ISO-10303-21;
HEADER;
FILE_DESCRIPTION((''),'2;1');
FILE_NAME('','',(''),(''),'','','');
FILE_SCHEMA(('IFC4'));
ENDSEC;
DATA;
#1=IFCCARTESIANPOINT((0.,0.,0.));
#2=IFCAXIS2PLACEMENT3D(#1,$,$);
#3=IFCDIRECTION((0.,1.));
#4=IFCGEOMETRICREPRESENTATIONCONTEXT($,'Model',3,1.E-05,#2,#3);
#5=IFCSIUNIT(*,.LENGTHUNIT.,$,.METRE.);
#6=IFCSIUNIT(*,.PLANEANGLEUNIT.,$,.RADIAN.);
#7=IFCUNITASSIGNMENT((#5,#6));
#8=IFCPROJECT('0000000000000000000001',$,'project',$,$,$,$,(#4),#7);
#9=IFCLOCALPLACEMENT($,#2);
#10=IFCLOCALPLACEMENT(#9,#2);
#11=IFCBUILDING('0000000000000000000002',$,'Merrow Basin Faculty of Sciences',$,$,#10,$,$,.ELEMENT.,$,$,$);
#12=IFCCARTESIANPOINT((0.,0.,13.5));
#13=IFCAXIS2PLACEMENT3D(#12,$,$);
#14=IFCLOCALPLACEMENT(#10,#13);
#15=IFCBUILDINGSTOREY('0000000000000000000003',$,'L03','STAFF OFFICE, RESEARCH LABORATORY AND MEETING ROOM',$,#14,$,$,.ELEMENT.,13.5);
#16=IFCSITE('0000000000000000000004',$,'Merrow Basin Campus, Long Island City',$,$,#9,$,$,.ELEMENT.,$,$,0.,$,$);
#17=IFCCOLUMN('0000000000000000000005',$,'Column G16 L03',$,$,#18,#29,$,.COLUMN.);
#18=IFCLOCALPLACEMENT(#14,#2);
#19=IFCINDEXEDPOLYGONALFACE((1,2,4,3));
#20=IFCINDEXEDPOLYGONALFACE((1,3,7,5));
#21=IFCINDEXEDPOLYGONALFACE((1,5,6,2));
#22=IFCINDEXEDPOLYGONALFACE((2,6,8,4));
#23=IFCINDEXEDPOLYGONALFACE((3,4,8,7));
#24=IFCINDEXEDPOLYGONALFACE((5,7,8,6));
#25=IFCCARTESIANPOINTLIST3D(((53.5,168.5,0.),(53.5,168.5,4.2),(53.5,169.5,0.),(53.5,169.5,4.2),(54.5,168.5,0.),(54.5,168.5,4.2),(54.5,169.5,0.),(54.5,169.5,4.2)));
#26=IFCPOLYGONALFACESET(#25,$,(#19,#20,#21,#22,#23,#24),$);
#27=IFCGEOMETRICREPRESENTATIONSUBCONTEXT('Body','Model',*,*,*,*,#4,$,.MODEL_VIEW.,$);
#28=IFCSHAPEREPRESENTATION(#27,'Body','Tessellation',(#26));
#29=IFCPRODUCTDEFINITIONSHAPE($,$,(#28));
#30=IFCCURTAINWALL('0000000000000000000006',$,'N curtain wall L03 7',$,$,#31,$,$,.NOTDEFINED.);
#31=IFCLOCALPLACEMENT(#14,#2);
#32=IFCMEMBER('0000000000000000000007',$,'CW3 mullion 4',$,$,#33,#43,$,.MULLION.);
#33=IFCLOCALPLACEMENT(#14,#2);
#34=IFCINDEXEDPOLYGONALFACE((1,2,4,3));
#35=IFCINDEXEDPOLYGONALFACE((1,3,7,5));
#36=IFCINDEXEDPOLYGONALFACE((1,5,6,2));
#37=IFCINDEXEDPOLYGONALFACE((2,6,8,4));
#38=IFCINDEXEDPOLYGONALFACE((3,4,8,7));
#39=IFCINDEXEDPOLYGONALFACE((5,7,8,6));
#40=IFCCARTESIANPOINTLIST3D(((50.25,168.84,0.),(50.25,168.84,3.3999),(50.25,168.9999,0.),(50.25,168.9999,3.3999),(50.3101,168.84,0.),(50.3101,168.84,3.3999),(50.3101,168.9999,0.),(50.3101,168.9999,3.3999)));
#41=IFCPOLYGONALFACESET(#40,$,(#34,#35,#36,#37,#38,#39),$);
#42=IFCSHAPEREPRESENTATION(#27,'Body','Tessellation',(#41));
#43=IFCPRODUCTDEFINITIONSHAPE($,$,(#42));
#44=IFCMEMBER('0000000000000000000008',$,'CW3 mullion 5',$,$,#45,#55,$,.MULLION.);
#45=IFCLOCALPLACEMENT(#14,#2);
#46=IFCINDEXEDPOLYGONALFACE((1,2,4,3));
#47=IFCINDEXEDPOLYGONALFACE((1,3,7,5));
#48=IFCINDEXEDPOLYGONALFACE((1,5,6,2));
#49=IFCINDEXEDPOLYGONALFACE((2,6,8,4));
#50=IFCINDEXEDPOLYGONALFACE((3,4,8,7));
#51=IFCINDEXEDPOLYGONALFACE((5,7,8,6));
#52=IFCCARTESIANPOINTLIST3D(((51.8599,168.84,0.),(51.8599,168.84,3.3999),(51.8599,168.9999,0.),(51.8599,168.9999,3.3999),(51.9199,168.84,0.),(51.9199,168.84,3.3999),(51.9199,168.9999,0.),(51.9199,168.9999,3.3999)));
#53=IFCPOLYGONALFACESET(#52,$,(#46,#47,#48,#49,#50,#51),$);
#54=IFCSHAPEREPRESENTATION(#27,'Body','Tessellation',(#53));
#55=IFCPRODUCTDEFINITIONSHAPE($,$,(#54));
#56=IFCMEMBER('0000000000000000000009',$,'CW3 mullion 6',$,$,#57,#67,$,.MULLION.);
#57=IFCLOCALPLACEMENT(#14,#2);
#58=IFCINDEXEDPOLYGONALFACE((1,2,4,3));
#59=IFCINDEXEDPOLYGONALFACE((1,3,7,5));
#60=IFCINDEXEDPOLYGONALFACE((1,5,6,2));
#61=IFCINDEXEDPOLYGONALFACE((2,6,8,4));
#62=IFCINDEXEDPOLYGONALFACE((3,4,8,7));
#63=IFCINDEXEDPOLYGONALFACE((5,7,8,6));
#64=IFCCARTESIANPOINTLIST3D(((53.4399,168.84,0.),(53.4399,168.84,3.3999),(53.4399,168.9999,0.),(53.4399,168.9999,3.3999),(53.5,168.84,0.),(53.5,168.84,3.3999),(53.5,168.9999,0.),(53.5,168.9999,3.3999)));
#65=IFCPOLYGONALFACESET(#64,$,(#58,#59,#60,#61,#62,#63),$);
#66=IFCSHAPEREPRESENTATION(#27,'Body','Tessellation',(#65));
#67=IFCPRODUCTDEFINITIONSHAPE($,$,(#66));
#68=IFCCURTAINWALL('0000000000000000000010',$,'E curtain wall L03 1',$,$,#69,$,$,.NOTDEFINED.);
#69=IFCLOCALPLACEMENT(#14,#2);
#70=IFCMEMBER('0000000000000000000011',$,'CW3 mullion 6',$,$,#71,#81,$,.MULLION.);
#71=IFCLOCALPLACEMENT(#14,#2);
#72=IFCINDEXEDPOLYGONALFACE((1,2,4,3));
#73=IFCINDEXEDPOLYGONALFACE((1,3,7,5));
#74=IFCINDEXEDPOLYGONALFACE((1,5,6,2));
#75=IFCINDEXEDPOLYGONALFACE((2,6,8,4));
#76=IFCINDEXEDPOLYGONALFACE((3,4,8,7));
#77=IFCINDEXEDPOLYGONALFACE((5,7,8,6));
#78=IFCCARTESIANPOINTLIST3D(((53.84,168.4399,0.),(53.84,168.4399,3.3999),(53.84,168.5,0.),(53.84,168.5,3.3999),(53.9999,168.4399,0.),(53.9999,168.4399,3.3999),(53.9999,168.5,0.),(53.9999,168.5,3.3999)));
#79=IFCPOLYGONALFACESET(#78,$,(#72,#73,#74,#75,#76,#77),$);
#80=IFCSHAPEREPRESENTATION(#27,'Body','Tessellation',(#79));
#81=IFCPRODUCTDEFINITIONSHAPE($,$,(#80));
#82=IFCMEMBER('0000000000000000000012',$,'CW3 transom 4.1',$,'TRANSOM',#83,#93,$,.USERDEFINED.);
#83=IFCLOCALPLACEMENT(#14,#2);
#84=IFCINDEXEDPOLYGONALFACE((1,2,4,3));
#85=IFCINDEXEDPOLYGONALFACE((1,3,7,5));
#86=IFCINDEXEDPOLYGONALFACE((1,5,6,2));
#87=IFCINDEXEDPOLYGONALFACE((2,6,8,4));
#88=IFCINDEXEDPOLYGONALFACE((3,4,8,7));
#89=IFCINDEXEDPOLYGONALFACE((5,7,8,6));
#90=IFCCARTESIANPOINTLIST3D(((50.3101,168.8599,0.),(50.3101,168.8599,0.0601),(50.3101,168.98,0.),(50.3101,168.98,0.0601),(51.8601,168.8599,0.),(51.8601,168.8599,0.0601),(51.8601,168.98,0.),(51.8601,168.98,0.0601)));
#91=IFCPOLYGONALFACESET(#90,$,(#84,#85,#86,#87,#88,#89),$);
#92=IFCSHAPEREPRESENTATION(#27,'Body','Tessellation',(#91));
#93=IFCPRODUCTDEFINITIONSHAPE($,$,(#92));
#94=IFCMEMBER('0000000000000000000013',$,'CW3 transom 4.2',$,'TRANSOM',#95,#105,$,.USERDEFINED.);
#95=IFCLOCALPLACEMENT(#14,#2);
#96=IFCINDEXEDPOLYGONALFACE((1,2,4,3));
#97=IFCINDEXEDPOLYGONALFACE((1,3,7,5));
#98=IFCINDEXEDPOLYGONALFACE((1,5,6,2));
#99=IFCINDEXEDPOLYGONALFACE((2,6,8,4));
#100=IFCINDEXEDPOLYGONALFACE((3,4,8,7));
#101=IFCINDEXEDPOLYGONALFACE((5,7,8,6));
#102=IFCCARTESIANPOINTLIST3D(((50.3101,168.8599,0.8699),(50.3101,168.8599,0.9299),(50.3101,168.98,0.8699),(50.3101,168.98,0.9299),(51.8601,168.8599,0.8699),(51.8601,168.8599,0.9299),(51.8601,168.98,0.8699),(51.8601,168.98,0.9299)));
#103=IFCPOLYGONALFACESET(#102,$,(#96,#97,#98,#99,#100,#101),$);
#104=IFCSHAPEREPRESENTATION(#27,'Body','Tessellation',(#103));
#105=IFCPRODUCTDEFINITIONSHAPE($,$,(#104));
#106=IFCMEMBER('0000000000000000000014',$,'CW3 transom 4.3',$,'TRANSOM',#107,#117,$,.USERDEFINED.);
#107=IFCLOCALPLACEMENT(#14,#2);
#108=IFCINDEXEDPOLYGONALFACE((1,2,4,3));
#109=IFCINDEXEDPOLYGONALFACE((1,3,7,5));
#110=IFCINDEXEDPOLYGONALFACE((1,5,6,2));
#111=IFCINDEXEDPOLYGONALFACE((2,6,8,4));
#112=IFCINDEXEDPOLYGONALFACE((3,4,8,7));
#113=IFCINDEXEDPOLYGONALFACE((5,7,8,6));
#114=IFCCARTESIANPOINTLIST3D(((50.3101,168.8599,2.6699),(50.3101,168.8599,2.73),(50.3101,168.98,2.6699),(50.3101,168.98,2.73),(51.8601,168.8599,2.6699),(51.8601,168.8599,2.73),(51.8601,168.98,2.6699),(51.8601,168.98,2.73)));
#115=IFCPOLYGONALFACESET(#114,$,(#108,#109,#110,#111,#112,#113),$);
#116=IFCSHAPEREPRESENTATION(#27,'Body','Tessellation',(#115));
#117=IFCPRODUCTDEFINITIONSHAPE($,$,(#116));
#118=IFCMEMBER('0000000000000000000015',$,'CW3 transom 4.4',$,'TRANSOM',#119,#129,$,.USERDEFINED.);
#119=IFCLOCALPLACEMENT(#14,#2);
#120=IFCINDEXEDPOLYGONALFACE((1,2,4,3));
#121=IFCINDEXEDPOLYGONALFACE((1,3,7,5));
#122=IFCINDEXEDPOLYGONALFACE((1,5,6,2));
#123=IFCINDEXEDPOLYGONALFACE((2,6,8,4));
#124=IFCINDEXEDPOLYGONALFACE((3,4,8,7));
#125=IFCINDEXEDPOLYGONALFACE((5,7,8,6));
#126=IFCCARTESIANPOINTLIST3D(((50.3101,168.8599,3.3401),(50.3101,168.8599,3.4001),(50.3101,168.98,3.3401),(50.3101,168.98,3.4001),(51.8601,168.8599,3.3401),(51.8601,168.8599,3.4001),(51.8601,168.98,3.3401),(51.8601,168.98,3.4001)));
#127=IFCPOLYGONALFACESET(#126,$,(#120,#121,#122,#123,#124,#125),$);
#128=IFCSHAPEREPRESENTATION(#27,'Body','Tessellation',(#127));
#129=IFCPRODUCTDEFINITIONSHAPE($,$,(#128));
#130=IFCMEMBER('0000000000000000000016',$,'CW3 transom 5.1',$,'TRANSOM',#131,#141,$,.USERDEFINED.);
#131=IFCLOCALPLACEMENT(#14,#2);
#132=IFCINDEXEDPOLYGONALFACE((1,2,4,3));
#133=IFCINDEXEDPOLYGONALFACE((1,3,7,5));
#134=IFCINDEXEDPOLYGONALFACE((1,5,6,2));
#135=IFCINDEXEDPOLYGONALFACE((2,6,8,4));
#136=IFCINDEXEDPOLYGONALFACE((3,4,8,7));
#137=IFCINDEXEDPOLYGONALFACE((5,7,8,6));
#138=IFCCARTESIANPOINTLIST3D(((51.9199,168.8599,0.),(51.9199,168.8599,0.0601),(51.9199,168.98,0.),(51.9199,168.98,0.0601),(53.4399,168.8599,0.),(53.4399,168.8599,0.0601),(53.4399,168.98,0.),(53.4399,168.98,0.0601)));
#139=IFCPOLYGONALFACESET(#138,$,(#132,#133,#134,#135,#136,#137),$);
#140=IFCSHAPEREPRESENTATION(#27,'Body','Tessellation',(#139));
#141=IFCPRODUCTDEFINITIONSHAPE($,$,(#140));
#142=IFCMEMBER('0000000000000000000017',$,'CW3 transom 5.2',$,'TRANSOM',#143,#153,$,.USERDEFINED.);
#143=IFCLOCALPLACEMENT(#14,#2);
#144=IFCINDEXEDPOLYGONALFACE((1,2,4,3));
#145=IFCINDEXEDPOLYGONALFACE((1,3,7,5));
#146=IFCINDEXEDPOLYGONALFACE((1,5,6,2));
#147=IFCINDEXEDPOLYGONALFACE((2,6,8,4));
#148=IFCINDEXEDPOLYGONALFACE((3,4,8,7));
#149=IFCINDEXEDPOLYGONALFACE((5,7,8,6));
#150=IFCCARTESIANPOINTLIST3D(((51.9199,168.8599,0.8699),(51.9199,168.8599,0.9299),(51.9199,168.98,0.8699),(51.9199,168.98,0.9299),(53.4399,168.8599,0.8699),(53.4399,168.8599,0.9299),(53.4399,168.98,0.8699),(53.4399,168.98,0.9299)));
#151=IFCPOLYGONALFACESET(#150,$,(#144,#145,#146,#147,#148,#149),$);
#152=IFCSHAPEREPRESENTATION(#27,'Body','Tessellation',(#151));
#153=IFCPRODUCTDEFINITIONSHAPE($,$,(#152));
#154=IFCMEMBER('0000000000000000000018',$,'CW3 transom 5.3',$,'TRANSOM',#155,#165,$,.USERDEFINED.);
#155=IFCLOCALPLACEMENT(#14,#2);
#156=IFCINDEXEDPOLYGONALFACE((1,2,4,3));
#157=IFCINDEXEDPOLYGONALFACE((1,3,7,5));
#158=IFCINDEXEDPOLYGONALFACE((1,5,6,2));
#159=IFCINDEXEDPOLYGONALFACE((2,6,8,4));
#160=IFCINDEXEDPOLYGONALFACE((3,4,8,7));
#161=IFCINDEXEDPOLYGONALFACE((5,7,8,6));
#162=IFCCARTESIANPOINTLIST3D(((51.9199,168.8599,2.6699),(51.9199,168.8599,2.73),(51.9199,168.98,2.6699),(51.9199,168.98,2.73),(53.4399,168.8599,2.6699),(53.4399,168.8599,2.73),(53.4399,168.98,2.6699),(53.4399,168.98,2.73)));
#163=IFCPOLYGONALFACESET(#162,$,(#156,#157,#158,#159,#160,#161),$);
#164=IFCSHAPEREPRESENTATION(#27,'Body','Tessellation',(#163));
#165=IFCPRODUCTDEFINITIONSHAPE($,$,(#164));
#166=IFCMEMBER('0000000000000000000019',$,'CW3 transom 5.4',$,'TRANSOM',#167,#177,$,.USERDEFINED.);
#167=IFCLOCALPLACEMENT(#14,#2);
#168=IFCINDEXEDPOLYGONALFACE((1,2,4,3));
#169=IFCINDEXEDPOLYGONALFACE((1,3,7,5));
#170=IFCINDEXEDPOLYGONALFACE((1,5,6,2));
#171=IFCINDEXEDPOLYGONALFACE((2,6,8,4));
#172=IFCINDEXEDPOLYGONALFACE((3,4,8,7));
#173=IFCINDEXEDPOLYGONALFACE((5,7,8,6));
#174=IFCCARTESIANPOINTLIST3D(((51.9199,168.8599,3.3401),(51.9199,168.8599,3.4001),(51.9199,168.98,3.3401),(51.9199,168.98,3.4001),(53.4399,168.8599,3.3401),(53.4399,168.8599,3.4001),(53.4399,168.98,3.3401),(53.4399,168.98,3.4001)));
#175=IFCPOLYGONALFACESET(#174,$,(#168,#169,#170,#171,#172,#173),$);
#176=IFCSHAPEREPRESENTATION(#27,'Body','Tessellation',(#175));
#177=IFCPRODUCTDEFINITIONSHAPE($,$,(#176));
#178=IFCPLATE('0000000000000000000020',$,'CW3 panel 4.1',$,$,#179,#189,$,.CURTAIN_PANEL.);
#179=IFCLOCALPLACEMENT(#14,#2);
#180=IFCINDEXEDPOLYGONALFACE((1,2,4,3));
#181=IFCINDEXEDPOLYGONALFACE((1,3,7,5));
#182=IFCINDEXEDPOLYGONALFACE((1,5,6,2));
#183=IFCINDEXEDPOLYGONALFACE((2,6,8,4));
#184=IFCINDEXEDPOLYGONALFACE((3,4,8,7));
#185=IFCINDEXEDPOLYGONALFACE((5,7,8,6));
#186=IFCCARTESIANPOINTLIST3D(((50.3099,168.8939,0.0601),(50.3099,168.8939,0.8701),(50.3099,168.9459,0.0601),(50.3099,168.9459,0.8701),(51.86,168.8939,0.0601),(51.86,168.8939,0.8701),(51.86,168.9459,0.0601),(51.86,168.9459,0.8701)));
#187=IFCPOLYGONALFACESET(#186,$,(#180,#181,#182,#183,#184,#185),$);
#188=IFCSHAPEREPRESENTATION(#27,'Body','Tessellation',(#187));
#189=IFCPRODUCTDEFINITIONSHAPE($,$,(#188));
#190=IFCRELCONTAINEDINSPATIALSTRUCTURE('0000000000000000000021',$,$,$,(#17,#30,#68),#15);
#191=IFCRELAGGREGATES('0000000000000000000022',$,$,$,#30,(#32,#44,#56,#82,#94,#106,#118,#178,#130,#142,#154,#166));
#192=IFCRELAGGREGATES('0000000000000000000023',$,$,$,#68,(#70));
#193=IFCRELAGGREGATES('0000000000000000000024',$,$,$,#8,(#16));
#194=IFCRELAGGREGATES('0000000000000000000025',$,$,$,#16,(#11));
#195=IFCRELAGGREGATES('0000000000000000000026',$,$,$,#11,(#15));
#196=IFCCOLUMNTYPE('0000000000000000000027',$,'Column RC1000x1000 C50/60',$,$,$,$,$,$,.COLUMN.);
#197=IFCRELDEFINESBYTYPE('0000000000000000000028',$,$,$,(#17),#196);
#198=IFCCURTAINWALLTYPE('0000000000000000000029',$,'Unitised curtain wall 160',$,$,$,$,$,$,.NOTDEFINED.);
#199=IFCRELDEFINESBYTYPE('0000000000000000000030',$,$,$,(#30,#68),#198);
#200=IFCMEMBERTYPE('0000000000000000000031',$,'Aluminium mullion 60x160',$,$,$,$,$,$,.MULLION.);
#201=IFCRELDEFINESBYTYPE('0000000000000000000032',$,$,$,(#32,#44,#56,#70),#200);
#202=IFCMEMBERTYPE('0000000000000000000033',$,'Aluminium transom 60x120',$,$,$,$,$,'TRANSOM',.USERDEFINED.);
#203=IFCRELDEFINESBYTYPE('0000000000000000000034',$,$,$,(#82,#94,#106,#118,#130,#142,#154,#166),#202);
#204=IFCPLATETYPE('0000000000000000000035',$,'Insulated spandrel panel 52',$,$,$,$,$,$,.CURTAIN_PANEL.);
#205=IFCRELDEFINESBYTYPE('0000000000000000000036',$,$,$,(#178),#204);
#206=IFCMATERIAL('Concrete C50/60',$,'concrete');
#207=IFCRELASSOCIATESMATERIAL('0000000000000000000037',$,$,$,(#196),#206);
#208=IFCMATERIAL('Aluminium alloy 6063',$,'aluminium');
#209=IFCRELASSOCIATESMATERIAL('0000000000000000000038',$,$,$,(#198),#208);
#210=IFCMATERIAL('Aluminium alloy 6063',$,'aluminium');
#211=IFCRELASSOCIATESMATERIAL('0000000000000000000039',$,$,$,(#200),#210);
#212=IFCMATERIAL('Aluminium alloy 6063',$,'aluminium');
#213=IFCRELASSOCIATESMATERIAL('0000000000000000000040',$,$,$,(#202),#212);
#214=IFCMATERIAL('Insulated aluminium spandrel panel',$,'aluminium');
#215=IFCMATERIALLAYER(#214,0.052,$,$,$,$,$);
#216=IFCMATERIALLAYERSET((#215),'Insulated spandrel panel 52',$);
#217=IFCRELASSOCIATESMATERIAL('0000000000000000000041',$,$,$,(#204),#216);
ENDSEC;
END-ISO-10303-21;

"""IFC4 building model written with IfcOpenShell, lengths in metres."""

from ifc_helpers import new_model, si_unit, direction, frame, origin, origin_2d, place, context, subcontext, project, spatial, rectangle, extrude, material, layer, layer_set, material_profile, profile_set, type_object, element, aggregate, save


model = new_model("IFC4")

# Units and contexts
model_context = context("Model", 3, precision=1e-05, world=origin(), true_north=direction((0.0, 1.0)))
body_context = subcontext(model_context, "Body", "Model", "MODEL_VIEW")
ifc_project = project(units=[si_unit("LENGTHUNIT", "METRE"), si_unit("PLANEANGLEUNIT", "RADIAN")], contexts=[model_context])

# Site, building, storey
site_placement = place(None, origin())
site = spatial("IfcSite", under=ifc_project, at=site_placement, Name="Merrow Basin Campus, Long Island City", CompositionType="ELEMENT", RefElevation=0.0)
building_placement = place(site_placement, origin())
building = spatial("IfcBuilding", under=site, at=building_placement, Name="Merrow Basin Faculty of Sciences", CompositionType="ELEMENT")
storey_placement = place(building_placement, frame((0.0, 0.0, 13.5)))
storey = spatial("IfcBuildingStorey", under=building, at=storey_placement, Name="L03", Description="STAFF OFFICE, RESEARCH LABORATORY AND MEETING ROOM", CompositionType="ELEMENT", Elevation=13.5)

# Column
ifc_material_1 = material(Name="Concrete C50/60", Category="concrete")
ifc_material_profile_1 = material_profile(ifc_material_1, rectangle(XDim=1.0, YDim=1.0, at=origin_2d()))
ifc_profile_set_1 = profile_set([ifc_material_profile_1], Name="Concrete C50/60")
column_type = type_object("IfcColumnType", Name="Column RC1000x1000 C50/60", PredefinedType="COLUMN", material=ifc_profile_set_1)
column_placement = place(storey_placement, frame((54.0, 169.0, 0.0), z_axis=(0.0, 0.0, 1.0), x_axis=(1.0, 0.0, 0.0)))
element("IfcColumn", 1, at=column_placement, inside=storey, type_object=column_type, Name="Column G16 L03", PredefinedType="COLUMN", context=body_context, shape_type="SweptSolid", body=[
    extrude(rectangle(XDim=1.0, YDim=1.0, at=origin_2d()), origin(), (0.0, 0.0, 1.0), 4.2),
])

# Curtain wall, members
ifc_material_2 = material(Name="Aluminium alloy 6063", Category="aluminium")
curtain_wall_type = type_object("IfcCurtainWallType", Name="Unitised curtain wall 160", PredefinedType="NOTDEFINED", material=ifc_material_2)
curtain_wall_1_placement = place(storey_placement, origin())
curtain_wall_1 = element("IfcCurtainWall", 2, at=curtain_wall_1_placement, inside=storey, type_object=curtain_wall_type, Name="N curtain wall L03 7", PredefinedType="NOTDEFINED")
ifc_material_3 = material(Name="Aluminium alloy 6063", Category="aluminium")
ifc_material_profile_2 = material_profile(ifc_material_3, rectangle(XDim=0.1599, YDim=0.0601, at=origin_2d()))
ifc_profile_set_2 = profile_set([ifc_material_profile_2], Name="Aluminium alloy 6063")
member_type_1 = type_object("IfcMemberType", Name="Aluminium mullion 60x160", PredefinedType="MULLION", material=ifc_profile_set_2)
member_1_placement = place(storey_placement, frame((50.28, 168.9199, 0.0), z_axis=(0.0, 0.0, 1.0), x_axis=(0.0, 1.0, 0.0)))
member_1 = element("IfcMember", 3, at=member_1_placement, type_object=member_type_1, Name="CW3 mullion 4", PredefinedType="MULLION", context=body_context, shape_type="SweptSolid", body=[
    extrude(rectangle(XDim=0.1599, YDim=0.0601, at=origin_2d()), origin(), (0.0, 0.0, 1.0), 3.3999),
])
member_2_placement = place(storey_placement, frame((51.8899, 168.9199, 0.0), z_axis=(0.0, 0.0, 1.0), x_axis=(0.0, 1.0, 0.0)))
member_2 = element("IfcMember", 4, at=member_2_placement, type_object=member_type_1, Name="CW3 mullion 5", PredefinedType="MULLION", context=body_context, shape_type="SweptSolid", body=[
    extrude(rectangle(XDim=0.1599, YDim=0.0601, at=origin_2d()), origin(), (0.0, 0.0, 1.0), 3.3999),
])
member_3_placement = place(storey_placement, frame((53.47, 168.9199, 0.0), z_axis=(0.0, 0.0, 1.0), x_axis=(0.0, 1.0, 0.0)))
member_3 = element("IfcMember", 5, at=member_3_placement, type_object=member_type_1, Name="CW3 mullion 6", PredefinedType="MULLION", context=body_context, shape_type="SweptSolid", body=[
    extrude(rectangle(XDim=0.1599, YDim=0.0601, at=origin_2d()), origin(), (0.0, 0.0, 1.0), 3.3999),
])

# Curtain wall, member
curtain_wall_2_placement = place(storey_placement, origin())
curtain_wall_2 = element("IfcCurtainWall", 6, at=curtain_wall_2_placement, inside=storey, type_object=curtain_wall_type, Name="E curtain wall L03 1", PredefinedType="NOTDEFINED")
member_4_placement = place(storey_placement, frame((53.9199, 168.47, 0.0), z_axis=(0.0, 0.0, 1.0), x_axis=(-1.0, 0.0, 0.0)))
member_4 = element("IfcMember", 7, at=member_4_placement, type_object=member_type_1, Name="CW3 mullion 6", PredefinedType="MULLION", context=body_context, shape_type="SweptSolid", body=[
    extrude(rectangle(XDim=0.1599, YDim=0.0601, at=origin_2d()), origin(), (0.0, 0.0, 1.0), 3.3999),
])

# Members
ifc_material_4 = material(Name="Aluminium alloy 6063", Category="aluminium")
ifc_material_profile_3 = material_profile(ifc_material_4, rectangle(XDim=0.1201, YDim=0.0601, at=origin_2d()))
ifc_profile_set_3 = profile_set([ifc_material_profile_3], Name="Aluminium alloy 6063")
member_type_2 = type_object("IfcMemberType", Name="Aluminium transom 60x120", ElementType="TRANSOM", PredefinedType="USERDEFINED", material=ifc_profile_set_3)
member_5_placement = place(storey_placement, frame((50.3101, 168.9199, 0.03), z_axis=(1.0, 0.0, 0.0), x_axis=(0.0, 1.0, 0.0)))
member_5 = element("IfcMember", 8, at=member_5_placement, type_object=member_type_2, Name="CW3 transom 4.1", ObjectType="TRANSOM", PredefinedType="USERDEFINED", context=body_context, shape_type="SweptSolid", body=[
    extrude(rectangle(XDim=0.1201, YDim=0.0601, at=origin_2d()), origin(), (0.0, 0.0, 1.0), 1.55),
])
member_6_placement = place(storey_placement, frame((50.3101, 168.9199, 0.8999), z_axis=(1.0, 0.0, 0.0), x_axis=(0.0, 1.0, 0.0)))
member_6 = element("IfcMember", 9, at=member_6_placement, type_object=member_type_2, Name="CW3 transom 4.2", ObjectType="TRANSOM", PredefinedType="USERDEFINED", context=body_context, shape_type="SweptSolid", body=[
    extrude(rectangle(XDim=0.1201, YDim=0.0601, at=origin_2d()), origin(), (0.0, 0.0, 1.0), 1.55),
])
member_7_placement = place(storey_placement, frame((50.3101, 168.9199, 2.7), z_axis=(1.0, 0.0, 0.0), x_axis=(0.0, 1.0, 0.0)))
member_7 = element("IfcMember", 10, at=member_7_placement, type_object=member_type_2, Name="CW3 transom 4.3", ObjectType="TRANSOM", PredefinedType="USERDEFINED", context=body_context, shape_type="SweptSolid", body=[
    extrude(rectangle(XDim=0.1201, YDim=0.0601, at=origin_2d()), origin(), (0.0, 0.0, 1.0), 1.55),
])
member_8_placement = place(storey_placement, frame((50.3101, 168.9199, 3.3701), z_axis=(1.0, 0.0, 0.0), x_axis=(0.0, 1.0, 0.0)))
member_8 = element("IfcMember", 11, at=member_8_placement, type_object=member_type_2, Name="CW3 transom 4.4", ObjectType="TRANSOM", PredefinedType="USERDEFINED", context=body_context, shape_type="SweptSolid", body=[
    extrude(rectangle(XDim=0.1201, YDim=0.0601, at=origin_2d()), origin(), (0.0, 0.0, 1.0), 1.55),
])
member_9_placement = place(storey_placement, frame((51.9199, 168.9199, 0.03), z_axis=(1.0, 0.0, 0.0), x_axis=(0.0, 1.0, 0.0)))
member_9 = element("IfcMember", 12, at=member_9_placement, type_object=member_type_2, Name="CW3 transom 5.1", ObjectType="TRANSOM", PredefinedType="USERDEFINED", context=body_context, shape_type="SweptSolid", body=[
    extrude(rectangle(XDim=0.1201, YDim=0.0601, at=origin_2d()), origin(), (0.0, 0.0, 1.0), 1.52),
])
member_10_placement = place(storey_placement, frame((51.9199, 168.9199, 0.8999), z_axis=(1.0, 0.0, 0.0), x_axis=(0.0, 1.0, 0.0)))
member_10 = element("IfcMember", 13, at=member_10_placement, type_object=member_type_2, Name="CW3 transom 5.2", ObjectType="TRANSOM", PredefinedType="USERDEFINED", context=body_context, shape_type="SweptSolid", body=[
    extrude(rectangle(XDim=0.1201, YDim=0.0601, at=origin_2d()), origin(), (0.0, 0.0, 1.0), 1.52),
])
member_11_placement = place(storey_placement, frame((51.9199, 168.9199, 2.7), z_axis=(1.0, 0.0, 0.0), x_axis=(0.0, 1.0, 0.0)))
member_11 = element("IfcMember", 14, at=member_11_placement, type_object=member_type_2, Name="CW3 transom 5.3", ObjectType="TRANSOM", PredefinedType="USERDEFINED", context=body_context, shape_type="SweptSolid", body=[
    extrude(rectangle(XDim=0.1201, YDim=0.0601, at=origin_2d()), origin(), (0.0, 0.0, 1.0), 1.52),
])
member_12_placement = place(storey_placement, frame((51.9199, 168.9199, 3.3701), z_axis=(1.0, 0.0, 0.0), x_axis=(0.0, 1.0, 0.0)))
member_12 = element("IfcMember", 15, at=member_12_placement, type_object=member_type_2, Name="CW3 transom 5.4", ObjectType="TRANSOM", PredefinedType="USERDEFINED", context=body_context, shape_type="SweptSolid", body=[
    extrude(rectangle(XDim=0.1201, YDim=0.0601, at=origin_2d()), origin(), (0.0, 0.0, 1.0), 1.52),
])

# Plate
ifc_material_5 = material(Name="Insulated aluminium spandrel panel", Category="aluminium")
ifc_layer_1 = layer(ifc_material_5, 0.052)
ifc_layer_set_1 = layer_set([ifc_layer_1], Name="Insulated spandrel panel 52")
plate_type_1 = type_object("IfcPlateType", Name="Insulated spandrel panel 52", PredefinedType="CURTAIN_PANEL", material=ifc_layer_set_1)
plate_1_placement = place(storey_placement, frame((51.085, 168.9199, 0.0601), z_axis=(0.0, 0.0, 1.0), x_axis=(1.0, 0.0, 0.0)))
plate_1 = element("IfcPlate", 16, at=plate_1_placement, type_object=plate_type_1, Name="CW3 panel 4.1", PredefinedType="CURTAIN_PANEL", context=body_context, shape_type="SweptSolid", body=[
    extrude(rectangle(XDim=1.55, YDim=0.052, at=origin_2d()), origin(), (0.0, 0.0, 1.0), 0.8101),
])
aggregate(curtain_wall_1, [member_1, member_2, member_3, member_5, member_6, member_7, member_8, plate_1, member_9, member_10, member_11, member_12])
aggregate(curtain_wall_2, [member_4])

save(model, "model.ifc")
